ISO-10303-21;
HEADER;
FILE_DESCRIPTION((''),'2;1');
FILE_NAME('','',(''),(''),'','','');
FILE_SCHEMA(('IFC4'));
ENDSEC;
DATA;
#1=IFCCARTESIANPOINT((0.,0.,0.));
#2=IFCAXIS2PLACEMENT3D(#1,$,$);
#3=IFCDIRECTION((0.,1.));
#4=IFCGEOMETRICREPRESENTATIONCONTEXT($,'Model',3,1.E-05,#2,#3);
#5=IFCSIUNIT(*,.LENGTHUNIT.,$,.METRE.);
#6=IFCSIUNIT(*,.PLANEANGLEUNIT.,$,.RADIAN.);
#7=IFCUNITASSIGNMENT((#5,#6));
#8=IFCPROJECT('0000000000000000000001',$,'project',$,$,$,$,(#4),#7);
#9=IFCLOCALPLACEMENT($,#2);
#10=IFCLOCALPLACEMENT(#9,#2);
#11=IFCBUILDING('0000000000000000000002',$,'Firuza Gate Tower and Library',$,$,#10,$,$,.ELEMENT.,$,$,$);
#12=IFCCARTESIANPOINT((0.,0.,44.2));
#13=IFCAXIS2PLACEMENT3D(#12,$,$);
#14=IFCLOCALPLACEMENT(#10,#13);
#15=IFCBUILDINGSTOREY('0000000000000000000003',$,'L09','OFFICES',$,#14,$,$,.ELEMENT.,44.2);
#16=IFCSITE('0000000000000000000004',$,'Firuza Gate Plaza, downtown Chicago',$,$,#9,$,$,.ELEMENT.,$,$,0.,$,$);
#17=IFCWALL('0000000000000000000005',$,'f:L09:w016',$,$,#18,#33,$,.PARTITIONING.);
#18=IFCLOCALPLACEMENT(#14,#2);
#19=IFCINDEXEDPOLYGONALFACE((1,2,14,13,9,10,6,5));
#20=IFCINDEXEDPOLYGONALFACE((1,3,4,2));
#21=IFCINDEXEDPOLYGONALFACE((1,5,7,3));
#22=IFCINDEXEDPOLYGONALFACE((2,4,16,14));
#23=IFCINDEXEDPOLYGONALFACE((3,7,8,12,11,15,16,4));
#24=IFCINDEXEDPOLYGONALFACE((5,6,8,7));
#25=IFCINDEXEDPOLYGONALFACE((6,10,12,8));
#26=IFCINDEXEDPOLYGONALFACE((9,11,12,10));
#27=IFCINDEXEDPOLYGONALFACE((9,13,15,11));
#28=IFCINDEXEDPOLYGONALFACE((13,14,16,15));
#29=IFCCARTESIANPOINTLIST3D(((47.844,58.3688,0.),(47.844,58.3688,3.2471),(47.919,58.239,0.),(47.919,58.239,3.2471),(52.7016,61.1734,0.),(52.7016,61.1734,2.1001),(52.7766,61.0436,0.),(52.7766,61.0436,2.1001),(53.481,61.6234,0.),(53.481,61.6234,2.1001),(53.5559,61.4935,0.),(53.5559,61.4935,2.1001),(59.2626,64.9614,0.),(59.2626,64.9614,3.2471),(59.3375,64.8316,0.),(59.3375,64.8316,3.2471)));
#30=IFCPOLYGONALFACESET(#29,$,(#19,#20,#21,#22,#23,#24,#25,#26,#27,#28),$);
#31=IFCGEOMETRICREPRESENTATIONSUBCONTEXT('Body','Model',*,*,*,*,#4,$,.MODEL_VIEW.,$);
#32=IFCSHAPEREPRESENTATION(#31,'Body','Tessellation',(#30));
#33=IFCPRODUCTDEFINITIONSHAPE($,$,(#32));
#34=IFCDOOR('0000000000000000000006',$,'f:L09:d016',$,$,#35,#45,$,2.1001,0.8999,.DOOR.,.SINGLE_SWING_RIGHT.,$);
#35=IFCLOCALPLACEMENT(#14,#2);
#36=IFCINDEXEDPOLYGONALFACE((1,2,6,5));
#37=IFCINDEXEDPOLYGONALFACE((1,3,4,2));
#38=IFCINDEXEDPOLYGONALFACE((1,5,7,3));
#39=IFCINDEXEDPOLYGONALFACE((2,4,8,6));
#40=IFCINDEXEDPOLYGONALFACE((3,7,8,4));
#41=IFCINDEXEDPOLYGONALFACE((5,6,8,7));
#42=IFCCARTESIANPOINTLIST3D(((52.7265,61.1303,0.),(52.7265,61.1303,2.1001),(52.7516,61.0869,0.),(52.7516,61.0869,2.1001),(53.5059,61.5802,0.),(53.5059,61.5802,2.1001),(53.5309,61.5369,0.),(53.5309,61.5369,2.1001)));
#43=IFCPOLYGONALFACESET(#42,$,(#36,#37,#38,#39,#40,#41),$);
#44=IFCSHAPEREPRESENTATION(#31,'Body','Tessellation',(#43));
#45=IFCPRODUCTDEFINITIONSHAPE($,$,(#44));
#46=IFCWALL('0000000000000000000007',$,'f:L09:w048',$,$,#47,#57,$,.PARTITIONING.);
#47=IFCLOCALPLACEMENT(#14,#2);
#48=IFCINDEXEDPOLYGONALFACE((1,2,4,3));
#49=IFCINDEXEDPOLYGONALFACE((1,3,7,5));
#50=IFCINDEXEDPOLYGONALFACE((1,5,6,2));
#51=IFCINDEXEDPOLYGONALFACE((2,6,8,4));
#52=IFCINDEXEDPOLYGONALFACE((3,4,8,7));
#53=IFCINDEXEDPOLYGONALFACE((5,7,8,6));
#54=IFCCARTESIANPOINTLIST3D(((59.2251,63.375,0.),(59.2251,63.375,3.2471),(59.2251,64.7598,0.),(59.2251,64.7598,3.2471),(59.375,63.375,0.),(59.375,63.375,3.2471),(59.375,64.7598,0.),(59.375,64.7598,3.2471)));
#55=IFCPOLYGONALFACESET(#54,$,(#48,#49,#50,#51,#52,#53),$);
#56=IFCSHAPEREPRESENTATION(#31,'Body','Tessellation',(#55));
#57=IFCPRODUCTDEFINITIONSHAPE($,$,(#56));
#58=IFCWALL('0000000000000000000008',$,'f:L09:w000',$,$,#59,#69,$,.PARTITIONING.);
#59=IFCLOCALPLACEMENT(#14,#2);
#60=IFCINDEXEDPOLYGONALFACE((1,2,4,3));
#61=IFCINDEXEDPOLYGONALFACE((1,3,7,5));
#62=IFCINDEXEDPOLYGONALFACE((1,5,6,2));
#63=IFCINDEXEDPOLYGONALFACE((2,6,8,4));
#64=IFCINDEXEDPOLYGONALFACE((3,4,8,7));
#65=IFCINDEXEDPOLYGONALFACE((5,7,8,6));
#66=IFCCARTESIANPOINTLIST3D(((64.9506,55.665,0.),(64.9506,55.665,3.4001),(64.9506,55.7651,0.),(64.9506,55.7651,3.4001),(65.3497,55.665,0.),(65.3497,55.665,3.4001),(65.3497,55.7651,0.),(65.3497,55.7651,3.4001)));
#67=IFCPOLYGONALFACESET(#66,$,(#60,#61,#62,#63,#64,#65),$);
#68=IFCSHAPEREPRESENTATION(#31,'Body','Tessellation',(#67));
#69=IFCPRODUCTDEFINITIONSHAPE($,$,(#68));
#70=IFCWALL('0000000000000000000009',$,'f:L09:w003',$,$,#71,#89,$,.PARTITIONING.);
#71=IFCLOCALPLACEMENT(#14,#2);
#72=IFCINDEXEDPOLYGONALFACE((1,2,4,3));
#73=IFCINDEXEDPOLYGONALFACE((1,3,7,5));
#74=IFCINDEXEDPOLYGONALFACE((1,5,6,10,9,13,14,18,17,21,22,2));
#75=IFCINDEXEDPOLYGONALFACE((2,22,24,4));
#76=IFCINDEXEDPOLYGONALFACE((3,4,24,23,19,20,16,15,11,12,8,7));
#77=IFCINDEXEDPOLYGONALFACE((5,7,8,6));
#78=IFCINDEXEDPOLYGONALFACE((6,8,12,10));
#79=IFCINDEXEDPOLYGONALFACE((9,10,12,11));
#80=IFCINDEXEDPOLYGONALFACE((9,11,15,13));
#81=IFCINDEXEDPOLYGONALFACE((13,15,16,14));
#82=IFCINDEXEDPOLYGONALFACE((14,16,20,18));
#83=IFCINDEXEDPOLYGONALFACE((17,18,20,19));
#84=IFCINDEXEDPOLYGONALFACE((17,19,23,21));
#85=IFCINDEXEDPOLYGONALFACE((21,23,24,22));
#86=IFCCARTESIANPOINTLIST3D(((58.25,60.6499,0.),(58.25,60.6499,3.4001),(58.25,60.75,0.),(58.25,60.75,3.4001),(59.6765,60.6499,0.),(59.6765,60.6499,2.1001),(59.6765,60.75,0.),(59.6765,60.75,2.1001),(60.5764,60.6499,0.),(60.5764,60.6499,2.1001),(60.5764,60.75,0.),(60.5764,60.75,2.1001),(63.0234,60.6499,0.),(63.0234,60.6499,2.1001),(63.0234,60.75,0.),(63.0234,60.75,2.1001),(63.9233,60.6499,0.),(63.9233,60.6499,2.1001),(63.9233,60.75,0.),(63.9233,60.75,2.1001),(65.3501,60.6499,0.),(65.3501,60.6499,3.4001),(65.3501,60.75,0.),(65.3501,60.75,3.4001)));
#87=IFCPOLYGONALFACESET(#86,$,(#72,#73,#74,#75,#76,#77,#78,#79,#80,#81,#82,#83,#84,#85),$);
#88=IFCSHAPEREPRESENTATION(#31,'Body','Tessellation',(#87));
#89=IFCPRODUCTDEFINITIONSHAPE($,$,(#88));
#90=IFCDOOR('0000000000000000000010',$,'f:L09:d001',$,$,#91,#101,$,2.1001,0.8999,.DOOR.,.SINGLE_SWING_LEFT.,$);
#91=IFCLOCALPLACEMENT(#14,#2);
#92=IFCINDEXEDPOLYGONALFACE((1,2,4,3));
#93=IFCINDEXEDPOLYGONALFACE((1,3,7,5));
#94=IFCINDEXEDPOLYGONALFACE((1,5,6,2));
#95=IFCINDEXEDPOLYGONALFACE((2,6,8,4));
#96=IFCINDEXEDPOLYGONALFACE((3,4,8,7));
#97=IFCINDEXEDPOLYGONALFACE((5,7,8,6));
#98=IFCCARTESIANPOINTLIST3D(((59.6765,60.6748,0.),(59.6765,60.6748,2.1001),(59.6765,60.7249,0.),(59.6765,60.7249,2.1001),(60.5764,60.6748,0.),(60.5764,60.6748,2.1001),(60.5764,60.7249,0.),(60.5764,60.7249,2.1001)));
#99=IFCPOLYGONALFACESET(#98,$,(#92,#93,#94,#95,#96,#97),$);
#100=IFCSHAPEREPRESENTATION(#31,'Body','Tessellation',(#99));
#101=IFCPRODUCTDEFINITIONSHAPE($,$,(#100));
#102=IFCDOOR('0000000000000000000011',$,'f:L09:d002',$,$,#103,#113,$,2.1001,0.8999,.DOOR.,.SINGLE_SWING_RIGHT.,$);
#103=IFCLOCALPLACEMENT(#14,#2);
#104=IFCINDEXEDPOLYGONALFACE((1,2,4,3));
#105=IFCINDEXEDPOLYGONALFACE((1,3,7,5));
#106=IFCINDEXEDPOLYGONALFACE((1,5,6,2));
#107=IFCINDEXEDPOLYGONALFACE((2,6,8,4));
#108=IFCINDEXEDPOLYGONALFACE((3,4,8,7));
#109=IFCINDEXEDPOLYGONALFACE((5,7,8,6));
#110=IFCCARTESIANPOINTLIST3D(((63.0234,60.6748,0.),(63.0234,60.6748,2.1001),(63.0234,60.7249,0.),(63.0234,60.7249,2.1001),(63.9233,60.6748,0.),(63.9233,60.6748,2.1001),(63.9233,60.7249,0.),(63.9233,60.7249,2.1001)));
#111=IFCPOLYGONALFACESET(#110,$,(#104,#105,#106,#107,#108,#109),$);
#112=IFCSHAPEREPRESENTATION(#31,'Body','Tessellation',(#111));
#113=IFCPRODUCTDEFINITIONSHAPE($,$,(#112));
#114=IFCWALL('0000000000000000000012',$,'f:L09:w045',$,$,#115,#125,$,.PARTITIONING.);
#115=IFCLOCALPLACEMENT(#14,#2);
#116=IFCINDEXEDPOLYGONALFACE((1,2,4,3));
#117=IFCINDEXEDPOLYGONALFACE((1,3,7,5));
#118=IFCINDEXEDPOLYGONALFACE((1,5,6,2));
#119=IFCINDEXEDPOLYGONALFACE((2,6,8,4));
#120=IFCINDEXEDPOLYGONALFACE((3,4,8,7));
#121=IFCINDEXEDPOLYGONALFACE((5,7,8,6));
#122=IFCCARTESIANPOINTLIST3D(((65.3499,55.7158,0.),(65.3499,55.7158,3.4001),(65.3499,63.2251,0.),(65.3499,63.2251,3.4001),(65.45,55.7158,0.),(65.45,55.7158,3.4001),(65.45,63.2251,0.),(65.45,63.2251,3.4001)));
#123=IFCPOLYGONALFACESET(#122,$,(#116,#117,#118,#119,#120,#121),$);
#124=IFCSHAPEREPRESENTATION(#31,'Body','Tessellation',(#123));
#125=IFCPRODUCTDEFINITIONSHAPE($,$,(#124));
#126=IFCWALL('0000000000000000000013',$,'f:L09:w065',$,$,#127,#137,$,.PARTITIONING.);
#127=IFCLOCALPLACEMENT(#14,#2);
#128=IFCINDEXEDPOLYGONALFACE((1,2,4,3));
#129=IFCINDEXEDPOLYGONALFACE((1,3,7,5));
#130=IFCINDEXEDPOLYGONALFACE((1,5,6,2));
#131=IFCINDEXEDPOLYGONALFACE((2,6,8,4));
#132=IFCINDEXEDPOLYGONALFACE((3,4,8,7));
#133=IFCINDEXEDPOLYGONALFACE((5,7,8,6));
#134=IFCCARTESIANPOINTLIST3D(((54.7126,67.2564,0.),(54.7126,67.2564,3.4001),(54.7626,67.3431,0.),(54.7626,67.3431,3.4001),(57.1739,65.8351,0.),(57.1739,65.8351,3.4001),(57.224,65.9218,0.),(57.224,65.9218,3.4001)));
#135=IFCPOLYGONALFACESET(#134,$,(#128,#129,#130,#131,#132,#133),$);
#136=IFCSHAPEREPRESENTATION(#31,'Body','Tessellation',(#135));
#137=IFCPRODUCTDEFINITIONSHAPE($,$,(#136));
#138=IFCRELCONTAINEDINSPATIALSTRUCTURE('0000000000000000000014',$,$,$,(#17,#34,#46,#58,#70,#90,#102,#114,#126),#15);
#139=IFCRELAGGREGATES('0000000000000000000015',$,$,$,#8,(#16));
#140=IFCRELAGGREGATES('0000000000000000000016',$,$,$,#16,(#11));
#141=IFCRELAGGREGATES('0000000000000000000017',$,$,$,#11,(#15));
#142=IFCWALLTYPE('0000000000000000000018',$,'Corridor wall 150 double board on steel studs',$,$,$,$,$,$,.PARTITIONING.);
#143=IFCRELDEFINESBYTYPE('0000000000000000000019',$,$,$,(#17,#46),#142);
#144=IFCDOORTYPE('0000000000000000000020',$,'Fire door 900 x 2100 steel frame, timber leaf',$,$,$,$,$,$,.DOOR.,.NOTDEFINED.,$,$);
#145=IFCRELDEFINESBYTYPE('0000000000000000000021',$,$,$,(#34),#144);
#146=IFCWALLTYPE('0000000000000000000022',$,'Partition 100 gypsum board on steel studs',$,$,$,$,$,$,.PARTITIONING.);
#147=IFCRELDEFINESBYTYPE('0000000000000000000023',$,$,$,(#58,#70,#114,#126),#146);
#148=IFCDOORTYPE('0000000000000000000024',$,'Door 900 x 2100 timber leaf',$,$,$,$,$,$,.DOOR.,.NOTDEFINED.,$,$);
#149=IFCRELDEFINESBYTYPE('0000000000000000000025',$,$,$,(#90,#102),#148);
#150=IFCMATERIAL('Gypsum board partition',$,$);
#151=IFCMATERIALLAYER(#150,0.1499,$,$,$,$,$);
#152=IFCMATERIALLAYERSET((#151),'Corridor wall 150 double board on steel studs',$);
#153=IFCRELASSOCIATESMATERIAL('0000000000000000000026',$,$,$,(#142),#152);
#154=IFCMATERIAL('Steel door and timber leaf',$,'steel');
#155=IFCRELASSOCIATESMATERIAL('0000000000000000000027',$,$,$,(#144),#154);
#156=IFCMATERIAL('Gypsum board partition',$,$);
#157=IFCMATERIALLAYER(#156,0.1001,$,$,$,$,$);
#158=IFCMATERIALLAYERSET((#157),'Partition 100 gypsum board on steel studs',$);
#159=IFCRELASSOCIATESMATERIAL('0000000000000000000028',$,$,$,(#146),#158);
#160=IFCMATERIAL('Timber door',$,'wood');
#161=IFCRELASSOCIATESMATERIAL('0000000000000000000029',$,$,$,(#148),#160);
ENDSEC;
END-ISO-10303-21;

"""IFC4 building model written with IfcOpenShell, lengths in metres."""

from ifc_helpers import new_model, si_unit, direction, frame, frame_2d, origin, place, context, subcontext, project, spatial, rectangle, extrude, material, layer, layer_set, type_object, element, fill, save


model = new_model("IFC4")

# Units and contexts
model_context = context("Model", 3, precision=1e-05, world=origin(), true_north=direction((0.0, 1.0)))
body_context = subcontext(model_context, "Body", "Model", "MODEL_VIEW")
ifc_project = project(units=[si_unit("LENGTHUNIT", "METRE"), si_unit("PLANEANGLEUNIT", "RADIAN")], contexts=[model_context])

# Site, building, storey
site_placement = place(None, origin())
site = spatial("IfcSite", under=ifc_project, at=site_placement, Name="Firuza Gate Plaza, downtown Chicago", CompositionType="ELEMENT", RefElevation=0.0)
building_placement = place(site_placement, origin())
building = spatial("IfcBuilding", under=site, at=building_placement, Name="Firuza Gate Tower and Library", CompositionType="ELEMENT")
storey_placement = place(building_placement, frame((0.0, 0.0, 44.2)))
storey = spatial("IfcBuildingStorey", under=building, at=storey_placement, Name="L09", Description="OFFICES", CompositionType="ELEMENT", Elevation=44.2)

# Wall, opening, door
ifc_material_1 = material(Name="Gypsum board partition")
ifc_layer_1 = layer(ifc_material_1, 0.1499)
ifc_layer_set_1 = layer_set([ifc_layer_1], Name="Corridor wall 150 double board on steel studs")
wall_type_1 = type_object("IfcWallType", Name="Corridor wall 150 double board on steel studs", PredefinedType="PARTITIONING", material=ifc_layer_set_1)
wall_1_placement = place(storey_placement, frame((59.3, 64.8965, 0.0), z_axis=(0.0, 0.0, 1.0), x_axis=(-0.866023, -0.500005, 0.0)))
wall_1 = element("IfcWall", 1, at=wall_1_placement, inside=storey, type_object=wall_type_1, Name="f:L09:w016", PredefinedType="PARTITIONING", context=body_context, shape_type="SweptSolid", body=[
    extrude(rectangle(XDim=13.1851, YDim=0.1499, at=frame_2d((6.5925, 0.0))), origin(), (0.0, 0.0, 1.0), 3.2471),
])
opening_1_placement = place(wall_1_placement, frame((6.676, 0.0, 0.0)))
opening_1 = element("IfcOpeningElement", 2, at=opening_1_placement, cuts=wall_1, PredefinedType="OPENING", context=body_context, shape_type="SweptSolid", body=[
    extrude(rectangle(XDim=0.8999, YDim=2.1001, at=frame_2d((0.45, 1.05))), frame((0.0, 0.085, 0.0), z_axis=(0.0, -1.0, 0.0), x_axis=(1.0, 0.0, 0.0)), (0.0, 0.0, 1.0), 0.1699),
])
ifc_material_2 = material(Name="Steel door and timber leaf", Category="steel")
door_type_1 = type_object("IfcDoorType", Name="Fire door 900 x 2100 steel frame, timber leaf", OperationType="NOTDEFINED", PredefinedType="DOOR", material=ifc_material_2)
door_1_placement = place(opening_1_placement, origin())
door_1 = element("IfcDoor", 3, at=door_1_placement, inside=storey, type_object=door_type_1, Name="f:L09:d016", OperationType="SINGLE_SWING_RIGHT", OverallHeight=2.1001, OverallWidth=0.8999, PredefinedType="DOOR", context=body_context, shape_type="SweptSolid", body=[
    extrude(rectangle(XDim=0.8999, YDim=2.1001, at=frame_2d((0.45, 1.05))), frame((0.0, 0.0249, 0.0), z_axis=(0.0, -1.0, 0.0), x_axis=(1.0, 0.0, 0.0)), (0.0, 0.0, 1.0), 0.05),
])
fill(opening_1, door_1)

# Walls
wall_2_placement = place(storey_placement, frame((59.3, 63.375, 0.0), z_axis=(0.0, 0.0, 1.0), x_axis=(0.0, 1.0, 0.0)))
element("IfcWall", 4, at=wall_2_placement, inside=storey, type_object=wall_type_1, Name="f:L09:w048", PredefinedType="PARTITIONING", context=body_context, shape_type="SweptSolid", body=[
    extrude(rectangle(XDim=1.3848, YDim=0.1499, at=frame_2d((0.6924, 0.0))), origin(), (0.0, 0.0, 1.0), 3.2471),
])
ifc_material_3 = material(Name="Gypsum board partition")
ifc_layer_2 = layer(ifc_material_3, 0.1001)
ifc_layer_set_2 = layer_set([ifc_layer_2], Name="Partition 100 gypsum board on steel studs")
wall_type_2 = type_object("IfcWallType", Name="Partition 100 gypsum board on steel studs", PredefinedType="PARTITIONING", material=ifc_layer_set_2)
wall_3_placement = place(storey_placement, frame((64.9504, 55.7151, 0.0), z_axis=(0.0, 0.0, 1.0), x_axis=(1.0, 0.0, 0.0)))
element("IfcWall", 5, at=wall_3_placement, inside=storey, type_object=wall_type_2, Name="f:L09:w000", PredefinedType="PARTITIONING", context=body_context, shape_type="SweptSolid", body=[
    extrude(rectangle(XDim=0.3992, YDim=0.1001, at=frame_2d((0.1997, 0.0))), origin(), (0.0, 0.0, 1.0), 3.4001),
])

# Wall, openings, doors
wall_4_placement = place(storey_placement, frame((58.25, 60.7, 0.0), z_axis=(0.0, 0.0, 1.0), x_axis=(1.0, 0.0, 0.0)))
wall_4 = element("IfcWall", 6, at=wall_4_placement, inside=storey, type_object=wall_type_2, Name="f:L09:w003", PredefinedType="PARTITIONING", context=body_context, shape_type="SweptSolid", body=[
    extrude(rectangle(XDim=7.1001, YDim=0.1001, at=frame_2d((3.55, 0.0))), origin(), (0.0, 0.0, 1.0), 3.4001),
])
opening_2_placement = place(wall_4_placement, frame((1.4265, 0.0, 0.0)))
opening_2 = element("IfcOpeningElement", 7, at=opening_2_placement, cuts=wall_4, PredefinedType="OPENING", context=body_context, shape_type="SweptSolid", body=[
    extrude(rectangle(XDim=0.8999, YDim=2.1001, at=frame_2d((0.45, 1.05))), frame((0.0, 0.0601, 0.0), z_axis=(0.0, -1.0, 0.0), x_axis=(1.0, 0.0, 0.0)), (0.0, 0.0, 1.0), 0.1201),
])
opening_3_placement = place(wall_4_placement, frame((4.7734, 0.0, 0.0)))
opening_3 = element("IfcOpeningElement", 8, at=opening_3_placement, cuts=wall_4, PredefinedType="OPENING", context=body_context, shape_type="SweptSolid", body=[
    extrude(rectangle(XDim=0.8999, YDim=2.1001, at=frame_2d((0.45, 1.05))), frame((0.0, 0.0601, 0.0), z_axis=(0.0, -1.0, 0.0), x_axis=(1.0, 0.0, 0.0)), (0.0, 0.0, 1.0), 0.1201),
])
ifc_material_4 = material(Name="Timber door", Category="wood")
door_type_2 = type_object("IfcDoorType", Name="Door 900 x 2100 timber leaf", OperationType="NOTDEFINED", PredefinedType="DOOR", material=ifc_material_4)
door_2_placement = place(opening_2_placement, origin())
door_2 = element("IfcDoor", 9, at=door_2_placement, inside=storey, type_object=door_type_2, Name="f:L09:d001", OperationType="SINGLE_SWING_LEFT", OverallHeight=2.1001, OverallWidth=0.8999, PredefinedType="DOOR", context=body_context, shape_type="SweptSolid", body=[
    extrude(rectangle(XDim=0.8999, YDim=2.1001, at=frame_2d((0.45, 1.05))), frame((0.0, 0.0249, 0.0), z_axis=(0.0, -1.0, 0.0), x_axis=(1.0, 0.0, 0.0)), (0.0, 0.0, 1.0), 0.05),
])
fill(opening_2, door_2)
door_3_placement = place(opening_3_placement, origin())
door_3 = element("IfcDoor", 10, at=door_3_placement, inside=storey, type_object=door_type_2, Name="f:L09:d002", OperationType="SINGLE_SWING_RIGHT", OverallHeight=2.1001, OverallWidth=0.8999, PredefinedType="DOOR", context=body_context, shape_type="SweptSolid", body=[
    extrude(rectangle(XDim=0.8999, YDim=2.1001, at=frame_2d((0.45, 1.05))), frame((0.0, 0.0249, 0.0), z_axis=(0.0, -1.0, 0.0), x_axis=(1.0, 0.0, 0.0)), (0.0, 0.0, 1.0), 0.05),
])
fill(opening_3, door_3)

# Walls
wall_5_placement = place(storey_placement, frame((65.3999, 55.7158, 0.0), z_axis=(0.0, 0.0, 1.0), x_axis=(0.0, 1.0, 0.0)))
element("IfcWall", 11, at=wall_5_placement, inside=storey, type_object=wall_type_2, Name="f:L09:w045", PredefinedType="PARTITIONING", context=body_context, shape_type="SweptSolid", body=[
    extrude(rectangle(XDim=7.5093, YDim=0.1001, at=frame_2d((3.7546, 0.0))), origin(), (0.0, 0.0, 1.0), 3.4001),
])
wall_6_placement = place(storey_placement, frame((57.199, 65.8784, 0.0), z_axis=(0.0, 0.0, 1.0), x_axis=(-0.865982, 0.500074, 0.0)))
element("IfcWall", 12, at=wall_6_placement, inside=storey, type_object=wall_type_2, Name="f:L09:w065", PredefinedType="PARTITIONING", context=body_context, shape_type="SweptSolid", body=[
    extrude(rectangle(XDim=2.8423, YDim=0.1001, at=frame_2d((1.4211, 0.0))), origin(), (0.0, 0.0, 1.0), 3.4001),
])

save(model, "model.ifc")
